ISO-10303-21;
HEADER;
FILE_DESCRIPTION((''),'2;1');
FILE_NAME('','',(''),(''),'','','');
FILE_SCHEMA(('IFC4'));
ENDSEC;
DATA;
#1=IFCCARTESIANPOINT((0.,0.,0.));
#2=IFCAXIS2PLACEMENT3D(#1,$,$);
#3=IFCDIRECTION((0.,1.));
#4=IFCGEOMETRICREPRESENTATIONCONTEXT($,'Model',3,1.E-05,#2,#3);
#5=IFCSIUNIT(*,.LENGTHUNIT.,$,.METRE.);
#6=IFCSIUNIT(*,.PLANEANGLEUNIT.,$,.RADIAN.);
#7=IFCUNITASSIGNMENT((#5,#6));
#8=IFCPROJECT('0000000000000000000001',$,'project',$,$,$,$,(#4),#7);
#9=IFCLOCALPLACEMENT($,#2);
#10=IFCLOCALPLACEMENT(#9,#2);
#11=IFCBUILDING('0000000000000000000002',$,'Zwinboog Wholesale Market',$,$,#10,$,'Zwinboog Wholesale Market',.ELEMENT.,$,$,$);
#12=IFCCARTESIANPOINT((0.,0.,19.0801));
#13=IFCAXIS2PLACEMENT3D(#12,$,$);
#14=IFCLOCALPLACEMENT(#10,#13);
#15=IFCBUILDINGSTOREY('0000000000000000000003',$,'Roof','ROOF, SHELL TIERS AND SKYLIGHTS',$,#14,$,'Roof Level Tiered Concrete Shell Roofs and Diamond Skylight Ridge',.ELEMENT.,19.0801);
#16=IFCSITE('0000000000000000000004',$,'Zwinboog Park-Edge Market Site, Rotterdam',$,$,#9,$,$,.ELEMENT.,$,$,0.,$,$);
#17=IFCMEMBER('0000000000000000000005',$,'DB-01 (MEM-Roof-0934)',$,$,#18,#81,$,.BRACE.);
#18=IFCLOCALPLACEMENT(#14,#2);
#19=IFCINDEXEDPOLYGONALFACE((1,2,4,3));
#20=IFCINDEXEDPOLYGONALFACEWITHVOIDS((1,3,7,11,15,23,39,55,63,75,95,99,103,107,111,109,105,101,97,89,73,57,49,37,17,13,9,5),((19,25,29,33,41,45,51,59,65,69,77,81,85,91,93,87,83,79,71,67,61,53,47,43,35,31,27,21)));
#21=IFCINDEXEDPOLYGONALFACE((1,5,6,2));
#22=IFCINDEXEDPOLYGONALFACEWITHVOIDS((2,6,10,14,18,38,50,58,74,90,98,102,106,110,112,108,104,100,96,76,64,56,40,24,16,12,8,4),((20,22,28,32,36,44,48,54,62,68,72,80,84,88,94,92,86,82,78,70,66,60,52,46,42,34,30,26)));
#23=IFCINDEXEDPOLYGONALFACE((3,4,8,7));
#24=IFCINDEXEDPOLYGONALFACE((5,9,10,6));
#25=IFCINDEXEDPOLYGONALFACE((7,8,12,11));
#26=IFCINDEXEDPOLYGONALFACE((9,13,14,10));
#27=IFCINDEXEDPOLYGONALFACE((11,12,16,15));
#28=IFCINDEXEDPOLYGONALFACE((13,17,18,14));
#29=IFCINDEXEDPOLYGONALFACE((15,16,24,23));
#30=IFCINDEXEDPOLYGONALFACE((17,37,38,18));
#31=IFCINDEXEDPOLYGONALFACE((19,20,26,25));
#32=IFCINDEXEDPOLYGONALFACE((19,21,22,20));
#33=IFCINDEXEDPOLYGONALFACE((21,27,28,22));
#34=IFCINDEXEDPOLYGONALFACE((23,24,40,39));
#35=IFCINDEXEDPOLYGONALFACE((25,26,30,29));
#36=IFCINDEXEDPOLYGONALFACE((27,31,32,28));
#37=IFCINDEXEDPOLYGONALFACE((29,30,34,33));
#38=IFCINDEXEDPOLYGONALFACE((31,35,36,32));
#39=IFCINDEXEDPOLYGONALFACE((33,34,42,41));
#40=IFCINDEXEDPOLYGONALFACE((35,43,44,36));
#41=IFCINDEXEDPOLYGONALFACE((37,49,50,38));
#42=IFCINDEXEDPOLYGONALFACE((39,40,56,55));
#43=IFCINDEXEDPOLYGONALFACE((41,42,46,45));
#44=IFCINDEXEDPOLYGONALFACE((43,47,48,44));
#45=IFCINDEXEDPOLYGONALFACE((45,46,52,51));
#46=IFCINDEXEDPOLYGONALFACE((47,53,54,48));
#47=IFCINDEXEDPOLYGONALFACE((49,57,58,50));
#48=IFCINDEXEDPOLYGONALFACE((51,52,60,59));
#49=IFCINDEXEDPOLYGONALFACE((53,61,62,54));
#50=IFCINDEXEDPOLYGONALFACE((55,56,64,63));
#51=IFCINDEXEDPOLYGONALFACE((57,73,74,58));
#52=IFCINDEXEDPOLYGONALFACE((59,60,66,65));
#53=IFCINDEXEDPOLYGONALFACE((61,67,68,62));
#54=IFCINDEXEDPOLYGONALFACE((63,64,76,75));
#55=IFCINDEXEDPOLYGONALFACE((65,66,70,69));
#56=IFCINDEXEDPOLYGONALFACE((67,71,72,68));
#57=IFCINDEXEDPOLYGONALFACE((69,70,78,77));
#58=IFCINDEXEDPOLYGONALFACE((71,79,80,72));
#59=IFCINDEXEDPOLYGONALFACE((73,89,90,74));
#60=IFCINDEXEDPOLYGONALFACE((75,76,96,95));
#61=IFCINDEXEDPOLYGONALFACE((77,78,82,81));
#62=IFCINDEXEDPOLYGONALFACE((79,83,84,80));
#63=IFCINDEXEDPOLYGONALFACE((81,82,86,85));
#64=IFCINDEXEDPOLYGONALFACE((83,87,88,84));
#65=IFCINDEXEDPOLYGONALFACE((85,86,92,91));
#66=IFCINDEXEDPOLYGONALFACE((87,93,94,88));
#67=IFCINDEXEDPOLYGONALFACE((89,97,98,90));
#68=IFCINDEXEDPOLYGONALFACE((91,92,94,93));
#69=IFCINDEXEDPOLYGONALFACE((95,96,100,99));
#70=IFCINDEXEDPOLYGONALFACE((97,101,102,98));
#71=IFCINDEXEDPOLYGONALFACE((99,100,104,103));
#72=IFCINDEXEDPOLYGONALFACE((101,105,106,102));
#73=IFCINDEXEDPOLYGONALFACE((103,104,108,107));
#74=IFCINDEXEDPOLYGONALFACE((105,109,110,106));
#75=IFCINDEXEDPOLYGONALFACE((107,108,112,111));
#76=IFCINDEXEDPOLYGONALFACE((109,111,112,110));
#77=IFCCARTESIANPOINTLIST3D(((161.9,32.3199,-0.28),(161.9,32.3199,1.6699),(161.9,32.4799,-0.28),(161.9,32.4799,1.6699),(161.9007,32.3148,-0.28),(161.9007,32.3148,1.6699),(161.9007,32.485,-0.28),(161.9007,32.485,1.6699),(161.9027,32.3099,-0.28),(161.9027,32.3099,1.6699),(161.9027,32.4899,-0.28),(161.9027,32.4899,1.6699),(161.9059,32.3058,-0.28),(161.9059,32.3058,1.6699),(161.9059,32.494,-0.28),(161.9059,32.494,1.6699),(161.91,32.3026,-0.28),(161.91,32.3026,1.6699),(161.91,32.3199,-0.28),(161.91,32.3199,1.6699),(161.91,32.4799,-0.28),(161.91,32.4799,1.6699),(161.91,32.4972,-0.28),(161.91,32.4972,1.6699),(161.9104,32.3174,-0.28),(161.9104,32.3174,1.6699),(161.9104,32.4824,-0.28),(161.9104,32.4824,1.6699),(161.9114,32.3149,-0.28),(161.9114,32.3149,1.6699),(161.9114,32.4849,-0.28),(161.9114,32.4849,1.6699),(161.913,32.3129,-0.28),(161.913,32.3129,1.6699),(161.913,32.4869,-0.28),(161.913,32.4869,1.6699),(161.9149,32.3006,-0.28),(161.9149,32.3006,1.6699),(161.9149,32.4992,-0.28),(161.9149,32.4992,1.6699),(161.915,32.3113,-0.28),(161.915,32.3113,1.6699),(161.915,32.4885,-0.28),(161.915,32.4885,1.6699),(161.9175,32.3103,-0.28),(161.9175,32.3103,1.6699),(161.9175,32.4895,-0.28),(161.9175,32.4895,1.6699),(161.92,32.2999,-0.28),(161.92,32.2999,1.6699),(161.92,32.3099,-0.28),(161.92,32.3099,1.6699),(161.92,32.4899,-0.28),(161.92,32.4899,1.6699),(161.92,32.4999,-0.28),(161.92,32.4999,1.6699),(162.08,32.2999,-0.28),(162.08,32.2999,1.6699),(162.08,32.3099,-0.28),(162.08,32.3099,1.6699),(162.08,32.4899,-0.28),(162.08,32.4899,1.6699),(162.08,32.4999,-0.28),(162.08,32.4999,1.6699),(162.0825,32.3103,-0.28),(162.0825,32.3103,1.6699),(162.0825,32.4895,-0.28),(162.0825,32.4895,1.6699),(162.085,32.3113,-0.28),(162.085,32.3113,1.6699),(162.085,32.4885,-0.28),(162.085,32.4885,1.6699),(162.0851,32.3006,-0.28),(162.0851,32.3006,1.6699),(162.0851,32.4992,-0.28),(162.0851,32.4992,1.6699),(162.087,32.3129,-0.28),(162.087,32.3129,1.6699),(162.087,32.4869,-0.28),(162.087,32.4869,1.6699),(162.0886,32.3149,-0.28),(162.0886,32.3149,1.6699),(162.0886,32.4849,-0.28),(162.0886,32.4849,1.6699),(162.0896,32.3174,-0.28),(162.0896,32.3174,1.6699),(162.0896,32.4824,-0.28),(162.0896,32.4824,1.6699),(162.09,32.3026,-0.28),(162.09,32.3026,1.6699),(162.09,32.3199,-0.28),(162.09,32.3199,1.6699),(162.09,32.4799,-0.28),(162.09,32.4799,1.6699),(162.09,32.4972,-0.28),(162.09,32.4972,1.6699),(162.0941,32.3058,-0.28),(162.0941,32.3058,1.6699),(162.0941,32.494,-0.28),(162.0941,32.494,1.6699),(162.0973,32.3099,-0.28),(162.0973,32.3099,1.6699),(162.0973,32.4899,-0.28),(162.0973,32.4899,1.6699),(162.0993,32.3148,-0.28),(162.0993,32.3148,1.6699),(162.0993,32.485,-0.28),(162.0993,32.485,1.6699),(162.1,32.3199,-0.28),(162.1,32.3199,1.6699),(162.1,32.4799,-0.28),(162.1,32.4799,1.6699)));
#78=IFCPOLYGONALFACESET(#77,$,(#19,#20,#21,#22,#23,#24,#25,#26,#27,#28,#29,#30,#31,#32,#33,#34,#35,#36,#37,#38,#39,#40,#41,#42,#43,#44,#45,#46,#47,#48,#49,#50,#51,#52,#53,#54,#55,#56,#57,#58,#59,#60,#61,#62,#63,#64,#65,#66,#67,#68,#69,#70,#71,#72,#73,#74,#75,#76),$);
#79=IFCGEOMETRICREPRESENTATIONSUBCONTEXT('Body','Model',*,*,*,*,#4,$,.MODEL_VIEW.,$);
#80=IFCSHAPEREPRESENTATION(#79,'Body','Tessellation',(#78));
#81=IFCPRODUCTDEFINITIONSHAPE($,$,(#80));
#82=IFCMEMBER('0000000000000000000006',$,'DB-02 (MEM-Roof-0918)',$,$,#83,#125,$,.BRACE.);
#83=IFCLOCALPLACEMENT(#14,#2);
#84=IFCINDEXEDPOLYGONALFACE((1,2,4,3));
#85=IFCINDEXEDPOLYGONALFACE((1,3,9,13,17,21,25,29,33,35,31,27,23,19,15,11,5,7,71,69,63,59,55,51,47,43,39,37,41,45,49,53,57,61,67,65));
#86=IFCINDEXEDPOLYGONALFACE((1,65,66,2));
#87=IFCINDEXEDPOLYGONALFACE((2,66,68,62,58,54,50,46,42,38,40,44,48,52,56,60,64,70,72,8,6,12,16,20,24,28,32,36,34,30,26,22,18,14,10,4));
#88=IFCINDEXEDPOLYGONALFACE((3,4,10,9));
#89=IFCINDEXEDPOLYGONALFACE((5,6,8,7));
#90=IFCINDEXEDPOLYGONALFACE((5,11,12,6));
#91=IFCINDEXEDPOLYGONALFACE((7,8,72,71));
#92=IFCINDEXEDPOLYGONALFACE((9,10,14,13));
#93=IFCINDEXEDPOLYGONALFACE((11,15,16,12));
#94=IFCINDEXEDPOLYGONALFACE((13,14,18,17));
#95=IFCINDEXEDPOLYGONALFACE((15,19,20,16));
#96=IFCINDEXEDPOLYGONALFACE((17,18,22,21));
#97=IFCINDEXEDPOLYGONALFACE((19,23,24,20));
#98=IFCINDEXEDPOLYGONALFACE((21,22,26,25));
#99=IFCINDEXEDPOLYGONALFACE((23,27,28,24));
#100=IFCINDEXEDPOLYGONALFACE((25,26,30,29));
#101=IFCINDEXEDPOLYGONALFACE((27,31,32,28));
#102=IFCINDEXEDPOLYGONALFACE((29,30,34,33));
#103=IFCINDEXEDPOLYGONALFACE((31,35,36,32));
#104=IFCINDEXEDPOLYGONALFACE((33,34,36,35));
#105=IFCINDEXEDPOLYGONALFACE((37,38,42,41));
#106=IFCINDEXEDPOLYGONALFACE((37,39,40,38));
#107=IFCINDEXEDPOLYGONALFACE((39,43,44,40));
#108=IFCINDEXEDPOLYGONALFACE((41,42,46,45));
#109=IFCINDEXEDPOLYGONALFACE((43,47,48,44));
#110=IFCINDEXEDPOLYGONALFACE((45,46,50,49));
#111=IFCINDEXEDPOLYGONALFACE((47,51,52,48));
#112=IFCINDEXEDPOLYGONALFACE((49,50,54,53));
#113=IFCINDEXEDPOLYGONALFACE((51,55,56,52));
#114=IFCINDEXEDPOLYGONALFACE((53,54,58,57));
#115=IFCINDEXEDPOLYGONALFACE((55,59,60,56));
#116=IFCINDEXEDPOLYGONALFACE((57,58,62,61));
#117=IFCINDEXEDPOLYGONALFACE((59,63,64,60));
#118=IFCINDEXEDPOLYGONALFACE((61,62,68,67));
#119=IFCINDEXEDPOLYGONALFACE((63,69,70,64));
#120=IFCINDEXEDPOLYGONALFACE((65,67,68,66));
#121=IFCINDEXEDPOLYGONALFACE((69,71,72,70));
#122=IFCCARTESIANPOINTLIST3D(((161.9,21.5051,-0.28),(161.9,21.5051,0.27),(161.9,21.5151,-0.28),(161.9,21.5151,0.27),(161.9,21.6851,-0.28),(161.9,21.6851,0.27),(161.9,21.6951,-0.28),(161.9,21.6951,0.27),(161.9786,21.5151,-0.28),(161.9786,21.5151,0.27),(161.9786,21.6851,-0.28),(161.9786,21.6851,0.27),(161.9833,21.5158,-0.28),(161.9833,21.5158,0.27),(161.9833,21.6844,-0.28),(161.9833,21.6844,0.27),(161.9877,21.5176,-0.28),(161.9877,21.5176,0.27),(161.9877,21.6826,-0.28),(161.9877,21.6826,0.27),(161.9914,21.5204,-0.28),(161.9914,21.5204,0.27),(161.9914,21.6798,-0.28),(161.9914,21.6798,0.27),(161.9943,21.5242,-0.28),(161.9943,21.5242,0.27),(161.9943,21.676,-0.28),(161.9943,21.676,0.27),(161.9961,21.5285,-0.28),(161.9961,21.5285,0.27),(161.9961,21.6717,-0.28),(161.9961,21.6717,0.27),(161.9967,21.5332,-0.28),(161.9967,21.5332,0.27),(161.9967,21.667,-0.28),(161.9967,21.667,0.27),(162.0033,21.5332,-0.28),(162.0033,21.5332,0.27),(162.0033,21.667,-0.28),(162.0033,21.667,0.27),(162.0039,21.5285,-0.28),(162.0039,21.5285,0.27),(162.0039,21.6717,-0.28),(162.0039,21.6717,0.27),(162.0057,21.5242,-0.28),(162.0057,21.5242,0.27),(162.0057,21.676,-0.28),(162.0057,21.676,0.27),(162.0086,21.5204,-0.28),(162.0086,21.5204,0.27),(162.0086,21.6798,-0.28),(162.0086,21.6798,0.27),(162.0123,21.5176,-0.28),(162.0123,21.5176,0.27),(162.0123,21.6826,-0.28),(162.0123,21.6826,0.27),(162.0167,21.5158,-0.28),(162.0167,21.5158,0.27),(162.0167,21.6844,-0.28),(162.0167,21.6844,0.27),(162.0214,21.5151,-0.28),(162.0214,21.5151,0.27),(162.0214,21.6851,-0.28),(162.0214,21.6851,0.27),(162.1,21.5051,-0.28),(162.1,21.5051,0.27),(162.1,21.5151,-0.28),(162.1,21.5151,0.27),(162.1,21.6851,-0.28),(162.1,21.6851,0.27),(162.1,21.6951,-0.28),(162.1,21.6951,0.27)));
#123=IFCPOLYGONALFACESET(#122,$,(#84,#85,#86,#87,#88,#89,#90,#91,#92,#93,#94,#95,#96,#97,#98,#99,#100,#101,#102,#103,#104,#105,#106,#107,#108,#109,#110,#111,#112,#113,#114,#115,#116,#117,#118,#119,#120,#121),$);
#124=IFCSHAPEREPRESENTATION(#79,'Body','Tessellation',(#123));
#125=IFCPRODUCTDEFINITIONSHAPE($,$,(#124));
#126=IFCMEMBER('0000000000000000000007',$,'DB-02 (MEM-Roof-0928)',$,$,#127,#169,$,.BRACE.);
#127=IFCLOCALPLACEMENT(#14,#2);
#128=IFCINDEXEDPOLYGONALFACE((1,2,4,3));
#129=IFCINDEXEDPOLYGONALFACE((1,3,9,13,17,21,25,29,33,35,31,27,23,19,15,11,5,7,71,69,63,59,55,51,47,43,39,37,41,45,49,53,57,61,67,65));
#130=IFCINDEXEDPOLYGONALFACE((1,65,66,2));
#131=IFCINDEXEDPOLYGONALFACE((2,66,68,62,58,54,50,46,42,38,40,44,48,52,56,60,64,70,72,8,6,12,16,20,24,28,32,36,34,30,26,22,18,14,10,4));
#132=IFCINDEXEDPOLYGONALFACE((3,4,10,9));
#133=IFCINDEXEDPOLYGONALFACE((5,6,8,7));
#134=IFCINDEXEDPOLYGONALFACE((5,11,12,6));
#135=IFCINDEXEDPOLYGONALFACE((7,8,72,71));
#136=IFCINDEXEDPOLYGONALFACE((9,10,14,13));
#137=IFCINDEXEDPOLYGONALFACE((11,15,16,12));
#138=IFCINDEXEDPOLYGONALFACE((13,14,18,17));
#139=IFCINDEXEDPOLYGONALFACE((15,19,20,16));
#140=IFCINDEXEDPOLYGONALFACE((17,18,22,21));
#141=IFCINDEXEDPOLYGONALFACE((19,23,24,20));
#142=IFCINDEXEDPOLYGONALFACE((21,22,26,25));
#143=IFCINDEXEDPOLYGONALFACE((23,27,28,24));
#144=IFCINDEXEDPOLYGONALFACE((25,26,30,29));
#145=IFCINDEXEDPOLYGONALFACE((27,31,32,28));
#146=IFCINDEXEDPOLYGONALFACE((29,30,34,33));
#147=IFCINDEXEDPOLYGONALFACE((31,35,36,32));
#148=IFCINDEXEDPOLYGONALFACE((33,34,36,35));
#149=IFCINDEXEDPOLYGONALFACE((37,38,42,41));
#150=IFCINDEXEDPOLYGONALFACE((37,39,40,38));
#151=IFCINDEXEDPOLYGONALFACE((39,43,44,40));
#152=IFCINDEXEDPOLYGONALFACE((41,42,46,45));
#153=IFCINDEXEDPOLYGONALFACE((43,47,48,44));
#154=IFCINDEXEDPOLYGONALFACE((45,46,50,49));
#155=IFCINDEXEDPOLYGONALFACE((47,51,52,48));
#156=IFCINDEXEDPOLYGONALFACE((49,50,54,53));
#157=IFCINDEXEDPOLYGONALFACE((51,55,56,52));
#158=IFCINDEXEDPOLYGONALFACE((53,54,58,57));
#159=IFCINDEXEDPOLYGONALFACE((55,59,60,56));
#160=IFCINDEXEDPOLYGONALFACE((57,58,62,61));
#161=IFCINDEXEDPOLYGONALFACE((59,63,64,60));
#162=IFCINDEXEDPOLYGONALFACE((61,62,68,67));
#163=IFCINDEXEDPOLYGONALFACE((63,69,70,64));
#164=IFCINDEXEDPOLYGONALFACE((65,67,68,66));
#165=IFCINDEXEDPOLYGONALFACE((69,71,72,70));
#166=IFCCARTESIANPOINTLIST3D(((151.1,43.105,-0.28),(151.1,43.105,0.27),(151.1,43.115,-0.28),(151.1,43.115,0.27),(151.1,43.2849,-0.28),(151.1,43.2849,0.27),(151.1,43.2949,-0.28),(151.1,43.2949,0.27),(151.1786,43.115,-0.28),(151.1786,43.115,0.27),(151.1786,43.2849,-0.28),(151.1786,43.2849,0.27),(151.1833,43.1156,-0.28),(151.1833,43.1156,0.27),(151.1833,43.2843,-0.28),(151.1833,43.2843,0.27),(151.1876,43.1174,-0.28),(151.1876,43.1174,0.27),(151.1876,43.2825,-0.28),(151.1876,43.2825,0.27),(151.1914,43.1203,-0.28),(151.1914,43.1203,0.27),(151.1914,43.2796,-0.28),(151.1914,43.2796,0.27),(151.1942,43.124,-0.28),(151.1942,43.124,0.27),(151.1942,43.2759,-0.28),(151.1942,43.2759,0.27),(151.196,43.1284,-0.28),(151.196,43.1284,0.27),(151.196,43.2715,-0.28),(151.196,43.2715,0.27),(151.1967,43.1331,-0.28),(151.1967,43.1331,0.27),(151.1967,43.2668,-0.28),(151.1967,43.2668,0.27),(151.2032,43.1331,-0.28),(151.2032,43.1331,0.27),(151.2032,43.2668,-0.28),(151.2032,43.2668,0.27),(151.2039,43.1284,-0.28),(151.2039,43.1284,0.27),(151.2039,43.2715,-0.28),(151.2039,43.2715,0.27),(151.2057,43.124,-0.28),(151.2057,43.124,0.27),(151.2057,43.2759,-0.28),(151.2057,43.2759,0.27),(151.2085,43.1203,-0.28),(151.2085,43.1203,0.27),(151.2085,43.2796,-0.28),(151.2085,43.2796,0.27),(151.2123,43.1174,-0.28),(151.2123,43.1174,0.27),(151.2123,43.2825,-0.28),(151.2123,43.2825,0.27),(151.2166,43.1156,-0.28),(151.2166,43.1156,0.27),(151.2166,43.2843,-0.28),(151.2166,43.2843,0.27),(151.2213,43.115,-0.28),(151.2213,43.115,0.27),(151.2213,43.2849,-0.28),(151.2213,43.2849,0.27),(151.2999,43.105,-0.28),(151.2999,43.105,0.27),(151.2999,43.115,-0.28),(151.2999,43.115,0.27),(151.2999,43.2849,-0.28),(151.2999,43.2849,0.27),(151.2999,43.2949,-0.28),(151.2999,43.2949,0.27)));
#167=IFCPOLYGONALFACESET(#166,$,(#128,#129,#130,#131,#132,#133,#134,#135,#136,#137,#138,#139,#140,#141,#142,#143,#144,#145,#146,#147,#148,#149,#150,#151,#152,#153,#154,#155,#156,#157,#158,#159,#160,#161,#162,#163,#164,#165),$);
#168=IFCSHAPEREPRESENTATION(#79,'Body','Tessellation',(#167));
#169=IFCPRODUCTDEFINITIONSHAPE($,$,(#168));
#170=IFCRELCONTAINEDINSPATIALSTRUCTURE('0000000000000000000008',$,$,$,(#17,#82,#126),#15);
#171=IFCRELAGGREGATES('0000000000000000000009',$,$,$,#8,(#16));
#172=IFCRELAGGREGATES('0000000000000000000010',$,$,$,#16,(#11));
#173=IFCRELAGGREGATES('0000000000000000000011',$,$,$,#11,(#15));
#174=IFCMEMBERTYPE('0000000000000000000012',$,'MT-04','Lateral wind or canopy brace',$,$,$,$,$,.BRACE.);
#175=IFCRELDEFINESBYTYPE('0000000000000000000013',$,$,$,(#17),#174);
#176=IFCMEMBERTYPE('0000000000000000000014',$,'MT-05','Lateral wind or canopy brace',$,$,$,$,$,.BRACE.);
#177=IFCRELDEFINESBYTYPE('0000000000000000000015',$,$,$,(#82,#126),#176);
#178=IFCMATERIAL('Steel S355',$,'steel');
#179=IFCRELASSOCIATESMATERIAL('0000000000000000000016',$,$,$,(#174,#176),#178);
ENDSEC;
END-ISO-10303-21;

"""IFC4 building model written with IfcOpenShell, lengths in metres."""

from ifc_helpers import new_model, si_unit, direction, frame, origin, origin_2d, place, context, subcontext, project, spatial, hollow_rectangle, i_section, extrude, material, material_profile, profile_set, type_object, element, save


model = new_model("IFC4")

# Units and contexts
model_context = context("Model", 3, precision=1e-05, world=origin(), true_north=direction((0.0, 1.0)))
body_context = subcontext(model_context, "Body", "Model", "MODEL_VIEW")
ifc_project = project(units=[si_unit("LENGTHUNIT", "METRE"), si_unit("PLANEANGLEUNIT", "RADIAN")], contexts=[model_context])

# Site, building, storey
site_placement = place(None, origin())
site = spatial("IfcSite", under=ifc_project, at=site_placement, Name="Zwinboog Park-Edge Market Site, Rotterdam", CompositionType="ELEMENT", RefElevation=0.0)
building_placement = place(site_placement, origin())
building = spatial("IfcBuilding", under=site, at=building_placement, Name="Zwinboog Wholesale Market", LongName="Zwinboog Wholesale Market", CompositionType="ELEMENT")
storey_placement = place(building_placement, frame((0.0, 0.0, 19.0801)))
storey = spatial("IfcBuildingStorey", under=building, at=storey_placement, Name="Roof", Description="ROOF, SHELL TIERS AND SKYLIGHTS", LongName="Roof Level Tiered Concrete Shell Roofs and Diamond Skylight Ridge", CompositionType="ELEMENT", Elevation=19.0801)

# Members
ifc_material_1 = material(Name="Steel S355", Category="steel")
ifc_material_profile_1 = material_profile(ifc_material_1, hollow_rectangle(XDim=0.2, YDim=0.2, WallThickness=0.01, InnerFilletRadius=0.01, OuterFilletRadius=0.02, at=origin_2d()), Name="SHS 200x200x10")
ifc_profile_set_1 = profile_set([ifc_material_profile_1], Name="Steel S355")
member_type_1 = type_object("IfcMemberType", Name="MT-04", Description="Lateral wind or canopy brace", PredefinedType="BRACE", material=ifc_profile_set_1)
for number, where, z_axis, x_axis, name in (
    (1, (162.0, 32.3999, -0.28), (0.0, 0.0, 1.0), (1.0, 0.0, 0.0), "DB-01 (MEM-Roof-0934)"),
):
    element("IfcMember", number, at=place(storey_placement, frame(where, z_axis=z_axis, x_axis=x_axis)), inside=storey, type_object=member_type_1, Name=name, PredefinedType="BRACE", context=body_context, shape_type="SweptSolid", body=[
        extrude(hollow_rectangle(XDim=0.2, YDim=0.2, WallThickness=0.01, InnerFilletRadius=0.01, OuterFilletRadius=0.02, at=origin_2d()), origin(), (0.0, 0.0, 1.0), 1.95),
    ])
ifc_material_profile_2 = material_profile(ifc_material_1, i_section(OverallWidth=0.2, OverallDepth=0.1899, WebThickness=0.0066, FlangeThickness=0.01, FilletRadius=0.0181, at=origin_2d()), Name="HEA 200")
ifc_profile_set_2 = profile_set([ifc_material_profile_2], Name="Steel S355")
member_type_2 = type_object("IfcMemberType", Name="MT-05", Description="Lateral wind or canopy brace", PredefinedType="BRACE", material=ifc_profile_set_2)
for number, where, z_axis, x_axis, name in (
    (2, (162.0, 21.6001, -0.28), (0.0, 0.0, 1.0), (1.0, 0.0, 0.0), "DB-02 (MEM-Roof-0918)"),
    (3, (151.2, 43.2, -0.28), (0.0, 0.0, 1.0), (1.0, 0.0, 0.0), "DB-02 (MEM-Roof-0928)"),
):
    element("IfcMember", number, at=place(storey_placement, frame(where, z_axis=z_axis, x_axis=x_axis)), inside=storey, type_object=member_type_2, Name=name, PredefinedType="BRACE", context=body_context, shape_type="SweptSolid", body=[
        extrude(i_section(OverallWidth=0.2, OverallDepth=0.1899, WebThickness=0.0066, FlangeThickness=0.01, FilletRadius=0.0181, at=origin_2d()), origin(), (0.0, 0.0, 1.0), 0.55),
    ])

save(model, "model.ifc")
